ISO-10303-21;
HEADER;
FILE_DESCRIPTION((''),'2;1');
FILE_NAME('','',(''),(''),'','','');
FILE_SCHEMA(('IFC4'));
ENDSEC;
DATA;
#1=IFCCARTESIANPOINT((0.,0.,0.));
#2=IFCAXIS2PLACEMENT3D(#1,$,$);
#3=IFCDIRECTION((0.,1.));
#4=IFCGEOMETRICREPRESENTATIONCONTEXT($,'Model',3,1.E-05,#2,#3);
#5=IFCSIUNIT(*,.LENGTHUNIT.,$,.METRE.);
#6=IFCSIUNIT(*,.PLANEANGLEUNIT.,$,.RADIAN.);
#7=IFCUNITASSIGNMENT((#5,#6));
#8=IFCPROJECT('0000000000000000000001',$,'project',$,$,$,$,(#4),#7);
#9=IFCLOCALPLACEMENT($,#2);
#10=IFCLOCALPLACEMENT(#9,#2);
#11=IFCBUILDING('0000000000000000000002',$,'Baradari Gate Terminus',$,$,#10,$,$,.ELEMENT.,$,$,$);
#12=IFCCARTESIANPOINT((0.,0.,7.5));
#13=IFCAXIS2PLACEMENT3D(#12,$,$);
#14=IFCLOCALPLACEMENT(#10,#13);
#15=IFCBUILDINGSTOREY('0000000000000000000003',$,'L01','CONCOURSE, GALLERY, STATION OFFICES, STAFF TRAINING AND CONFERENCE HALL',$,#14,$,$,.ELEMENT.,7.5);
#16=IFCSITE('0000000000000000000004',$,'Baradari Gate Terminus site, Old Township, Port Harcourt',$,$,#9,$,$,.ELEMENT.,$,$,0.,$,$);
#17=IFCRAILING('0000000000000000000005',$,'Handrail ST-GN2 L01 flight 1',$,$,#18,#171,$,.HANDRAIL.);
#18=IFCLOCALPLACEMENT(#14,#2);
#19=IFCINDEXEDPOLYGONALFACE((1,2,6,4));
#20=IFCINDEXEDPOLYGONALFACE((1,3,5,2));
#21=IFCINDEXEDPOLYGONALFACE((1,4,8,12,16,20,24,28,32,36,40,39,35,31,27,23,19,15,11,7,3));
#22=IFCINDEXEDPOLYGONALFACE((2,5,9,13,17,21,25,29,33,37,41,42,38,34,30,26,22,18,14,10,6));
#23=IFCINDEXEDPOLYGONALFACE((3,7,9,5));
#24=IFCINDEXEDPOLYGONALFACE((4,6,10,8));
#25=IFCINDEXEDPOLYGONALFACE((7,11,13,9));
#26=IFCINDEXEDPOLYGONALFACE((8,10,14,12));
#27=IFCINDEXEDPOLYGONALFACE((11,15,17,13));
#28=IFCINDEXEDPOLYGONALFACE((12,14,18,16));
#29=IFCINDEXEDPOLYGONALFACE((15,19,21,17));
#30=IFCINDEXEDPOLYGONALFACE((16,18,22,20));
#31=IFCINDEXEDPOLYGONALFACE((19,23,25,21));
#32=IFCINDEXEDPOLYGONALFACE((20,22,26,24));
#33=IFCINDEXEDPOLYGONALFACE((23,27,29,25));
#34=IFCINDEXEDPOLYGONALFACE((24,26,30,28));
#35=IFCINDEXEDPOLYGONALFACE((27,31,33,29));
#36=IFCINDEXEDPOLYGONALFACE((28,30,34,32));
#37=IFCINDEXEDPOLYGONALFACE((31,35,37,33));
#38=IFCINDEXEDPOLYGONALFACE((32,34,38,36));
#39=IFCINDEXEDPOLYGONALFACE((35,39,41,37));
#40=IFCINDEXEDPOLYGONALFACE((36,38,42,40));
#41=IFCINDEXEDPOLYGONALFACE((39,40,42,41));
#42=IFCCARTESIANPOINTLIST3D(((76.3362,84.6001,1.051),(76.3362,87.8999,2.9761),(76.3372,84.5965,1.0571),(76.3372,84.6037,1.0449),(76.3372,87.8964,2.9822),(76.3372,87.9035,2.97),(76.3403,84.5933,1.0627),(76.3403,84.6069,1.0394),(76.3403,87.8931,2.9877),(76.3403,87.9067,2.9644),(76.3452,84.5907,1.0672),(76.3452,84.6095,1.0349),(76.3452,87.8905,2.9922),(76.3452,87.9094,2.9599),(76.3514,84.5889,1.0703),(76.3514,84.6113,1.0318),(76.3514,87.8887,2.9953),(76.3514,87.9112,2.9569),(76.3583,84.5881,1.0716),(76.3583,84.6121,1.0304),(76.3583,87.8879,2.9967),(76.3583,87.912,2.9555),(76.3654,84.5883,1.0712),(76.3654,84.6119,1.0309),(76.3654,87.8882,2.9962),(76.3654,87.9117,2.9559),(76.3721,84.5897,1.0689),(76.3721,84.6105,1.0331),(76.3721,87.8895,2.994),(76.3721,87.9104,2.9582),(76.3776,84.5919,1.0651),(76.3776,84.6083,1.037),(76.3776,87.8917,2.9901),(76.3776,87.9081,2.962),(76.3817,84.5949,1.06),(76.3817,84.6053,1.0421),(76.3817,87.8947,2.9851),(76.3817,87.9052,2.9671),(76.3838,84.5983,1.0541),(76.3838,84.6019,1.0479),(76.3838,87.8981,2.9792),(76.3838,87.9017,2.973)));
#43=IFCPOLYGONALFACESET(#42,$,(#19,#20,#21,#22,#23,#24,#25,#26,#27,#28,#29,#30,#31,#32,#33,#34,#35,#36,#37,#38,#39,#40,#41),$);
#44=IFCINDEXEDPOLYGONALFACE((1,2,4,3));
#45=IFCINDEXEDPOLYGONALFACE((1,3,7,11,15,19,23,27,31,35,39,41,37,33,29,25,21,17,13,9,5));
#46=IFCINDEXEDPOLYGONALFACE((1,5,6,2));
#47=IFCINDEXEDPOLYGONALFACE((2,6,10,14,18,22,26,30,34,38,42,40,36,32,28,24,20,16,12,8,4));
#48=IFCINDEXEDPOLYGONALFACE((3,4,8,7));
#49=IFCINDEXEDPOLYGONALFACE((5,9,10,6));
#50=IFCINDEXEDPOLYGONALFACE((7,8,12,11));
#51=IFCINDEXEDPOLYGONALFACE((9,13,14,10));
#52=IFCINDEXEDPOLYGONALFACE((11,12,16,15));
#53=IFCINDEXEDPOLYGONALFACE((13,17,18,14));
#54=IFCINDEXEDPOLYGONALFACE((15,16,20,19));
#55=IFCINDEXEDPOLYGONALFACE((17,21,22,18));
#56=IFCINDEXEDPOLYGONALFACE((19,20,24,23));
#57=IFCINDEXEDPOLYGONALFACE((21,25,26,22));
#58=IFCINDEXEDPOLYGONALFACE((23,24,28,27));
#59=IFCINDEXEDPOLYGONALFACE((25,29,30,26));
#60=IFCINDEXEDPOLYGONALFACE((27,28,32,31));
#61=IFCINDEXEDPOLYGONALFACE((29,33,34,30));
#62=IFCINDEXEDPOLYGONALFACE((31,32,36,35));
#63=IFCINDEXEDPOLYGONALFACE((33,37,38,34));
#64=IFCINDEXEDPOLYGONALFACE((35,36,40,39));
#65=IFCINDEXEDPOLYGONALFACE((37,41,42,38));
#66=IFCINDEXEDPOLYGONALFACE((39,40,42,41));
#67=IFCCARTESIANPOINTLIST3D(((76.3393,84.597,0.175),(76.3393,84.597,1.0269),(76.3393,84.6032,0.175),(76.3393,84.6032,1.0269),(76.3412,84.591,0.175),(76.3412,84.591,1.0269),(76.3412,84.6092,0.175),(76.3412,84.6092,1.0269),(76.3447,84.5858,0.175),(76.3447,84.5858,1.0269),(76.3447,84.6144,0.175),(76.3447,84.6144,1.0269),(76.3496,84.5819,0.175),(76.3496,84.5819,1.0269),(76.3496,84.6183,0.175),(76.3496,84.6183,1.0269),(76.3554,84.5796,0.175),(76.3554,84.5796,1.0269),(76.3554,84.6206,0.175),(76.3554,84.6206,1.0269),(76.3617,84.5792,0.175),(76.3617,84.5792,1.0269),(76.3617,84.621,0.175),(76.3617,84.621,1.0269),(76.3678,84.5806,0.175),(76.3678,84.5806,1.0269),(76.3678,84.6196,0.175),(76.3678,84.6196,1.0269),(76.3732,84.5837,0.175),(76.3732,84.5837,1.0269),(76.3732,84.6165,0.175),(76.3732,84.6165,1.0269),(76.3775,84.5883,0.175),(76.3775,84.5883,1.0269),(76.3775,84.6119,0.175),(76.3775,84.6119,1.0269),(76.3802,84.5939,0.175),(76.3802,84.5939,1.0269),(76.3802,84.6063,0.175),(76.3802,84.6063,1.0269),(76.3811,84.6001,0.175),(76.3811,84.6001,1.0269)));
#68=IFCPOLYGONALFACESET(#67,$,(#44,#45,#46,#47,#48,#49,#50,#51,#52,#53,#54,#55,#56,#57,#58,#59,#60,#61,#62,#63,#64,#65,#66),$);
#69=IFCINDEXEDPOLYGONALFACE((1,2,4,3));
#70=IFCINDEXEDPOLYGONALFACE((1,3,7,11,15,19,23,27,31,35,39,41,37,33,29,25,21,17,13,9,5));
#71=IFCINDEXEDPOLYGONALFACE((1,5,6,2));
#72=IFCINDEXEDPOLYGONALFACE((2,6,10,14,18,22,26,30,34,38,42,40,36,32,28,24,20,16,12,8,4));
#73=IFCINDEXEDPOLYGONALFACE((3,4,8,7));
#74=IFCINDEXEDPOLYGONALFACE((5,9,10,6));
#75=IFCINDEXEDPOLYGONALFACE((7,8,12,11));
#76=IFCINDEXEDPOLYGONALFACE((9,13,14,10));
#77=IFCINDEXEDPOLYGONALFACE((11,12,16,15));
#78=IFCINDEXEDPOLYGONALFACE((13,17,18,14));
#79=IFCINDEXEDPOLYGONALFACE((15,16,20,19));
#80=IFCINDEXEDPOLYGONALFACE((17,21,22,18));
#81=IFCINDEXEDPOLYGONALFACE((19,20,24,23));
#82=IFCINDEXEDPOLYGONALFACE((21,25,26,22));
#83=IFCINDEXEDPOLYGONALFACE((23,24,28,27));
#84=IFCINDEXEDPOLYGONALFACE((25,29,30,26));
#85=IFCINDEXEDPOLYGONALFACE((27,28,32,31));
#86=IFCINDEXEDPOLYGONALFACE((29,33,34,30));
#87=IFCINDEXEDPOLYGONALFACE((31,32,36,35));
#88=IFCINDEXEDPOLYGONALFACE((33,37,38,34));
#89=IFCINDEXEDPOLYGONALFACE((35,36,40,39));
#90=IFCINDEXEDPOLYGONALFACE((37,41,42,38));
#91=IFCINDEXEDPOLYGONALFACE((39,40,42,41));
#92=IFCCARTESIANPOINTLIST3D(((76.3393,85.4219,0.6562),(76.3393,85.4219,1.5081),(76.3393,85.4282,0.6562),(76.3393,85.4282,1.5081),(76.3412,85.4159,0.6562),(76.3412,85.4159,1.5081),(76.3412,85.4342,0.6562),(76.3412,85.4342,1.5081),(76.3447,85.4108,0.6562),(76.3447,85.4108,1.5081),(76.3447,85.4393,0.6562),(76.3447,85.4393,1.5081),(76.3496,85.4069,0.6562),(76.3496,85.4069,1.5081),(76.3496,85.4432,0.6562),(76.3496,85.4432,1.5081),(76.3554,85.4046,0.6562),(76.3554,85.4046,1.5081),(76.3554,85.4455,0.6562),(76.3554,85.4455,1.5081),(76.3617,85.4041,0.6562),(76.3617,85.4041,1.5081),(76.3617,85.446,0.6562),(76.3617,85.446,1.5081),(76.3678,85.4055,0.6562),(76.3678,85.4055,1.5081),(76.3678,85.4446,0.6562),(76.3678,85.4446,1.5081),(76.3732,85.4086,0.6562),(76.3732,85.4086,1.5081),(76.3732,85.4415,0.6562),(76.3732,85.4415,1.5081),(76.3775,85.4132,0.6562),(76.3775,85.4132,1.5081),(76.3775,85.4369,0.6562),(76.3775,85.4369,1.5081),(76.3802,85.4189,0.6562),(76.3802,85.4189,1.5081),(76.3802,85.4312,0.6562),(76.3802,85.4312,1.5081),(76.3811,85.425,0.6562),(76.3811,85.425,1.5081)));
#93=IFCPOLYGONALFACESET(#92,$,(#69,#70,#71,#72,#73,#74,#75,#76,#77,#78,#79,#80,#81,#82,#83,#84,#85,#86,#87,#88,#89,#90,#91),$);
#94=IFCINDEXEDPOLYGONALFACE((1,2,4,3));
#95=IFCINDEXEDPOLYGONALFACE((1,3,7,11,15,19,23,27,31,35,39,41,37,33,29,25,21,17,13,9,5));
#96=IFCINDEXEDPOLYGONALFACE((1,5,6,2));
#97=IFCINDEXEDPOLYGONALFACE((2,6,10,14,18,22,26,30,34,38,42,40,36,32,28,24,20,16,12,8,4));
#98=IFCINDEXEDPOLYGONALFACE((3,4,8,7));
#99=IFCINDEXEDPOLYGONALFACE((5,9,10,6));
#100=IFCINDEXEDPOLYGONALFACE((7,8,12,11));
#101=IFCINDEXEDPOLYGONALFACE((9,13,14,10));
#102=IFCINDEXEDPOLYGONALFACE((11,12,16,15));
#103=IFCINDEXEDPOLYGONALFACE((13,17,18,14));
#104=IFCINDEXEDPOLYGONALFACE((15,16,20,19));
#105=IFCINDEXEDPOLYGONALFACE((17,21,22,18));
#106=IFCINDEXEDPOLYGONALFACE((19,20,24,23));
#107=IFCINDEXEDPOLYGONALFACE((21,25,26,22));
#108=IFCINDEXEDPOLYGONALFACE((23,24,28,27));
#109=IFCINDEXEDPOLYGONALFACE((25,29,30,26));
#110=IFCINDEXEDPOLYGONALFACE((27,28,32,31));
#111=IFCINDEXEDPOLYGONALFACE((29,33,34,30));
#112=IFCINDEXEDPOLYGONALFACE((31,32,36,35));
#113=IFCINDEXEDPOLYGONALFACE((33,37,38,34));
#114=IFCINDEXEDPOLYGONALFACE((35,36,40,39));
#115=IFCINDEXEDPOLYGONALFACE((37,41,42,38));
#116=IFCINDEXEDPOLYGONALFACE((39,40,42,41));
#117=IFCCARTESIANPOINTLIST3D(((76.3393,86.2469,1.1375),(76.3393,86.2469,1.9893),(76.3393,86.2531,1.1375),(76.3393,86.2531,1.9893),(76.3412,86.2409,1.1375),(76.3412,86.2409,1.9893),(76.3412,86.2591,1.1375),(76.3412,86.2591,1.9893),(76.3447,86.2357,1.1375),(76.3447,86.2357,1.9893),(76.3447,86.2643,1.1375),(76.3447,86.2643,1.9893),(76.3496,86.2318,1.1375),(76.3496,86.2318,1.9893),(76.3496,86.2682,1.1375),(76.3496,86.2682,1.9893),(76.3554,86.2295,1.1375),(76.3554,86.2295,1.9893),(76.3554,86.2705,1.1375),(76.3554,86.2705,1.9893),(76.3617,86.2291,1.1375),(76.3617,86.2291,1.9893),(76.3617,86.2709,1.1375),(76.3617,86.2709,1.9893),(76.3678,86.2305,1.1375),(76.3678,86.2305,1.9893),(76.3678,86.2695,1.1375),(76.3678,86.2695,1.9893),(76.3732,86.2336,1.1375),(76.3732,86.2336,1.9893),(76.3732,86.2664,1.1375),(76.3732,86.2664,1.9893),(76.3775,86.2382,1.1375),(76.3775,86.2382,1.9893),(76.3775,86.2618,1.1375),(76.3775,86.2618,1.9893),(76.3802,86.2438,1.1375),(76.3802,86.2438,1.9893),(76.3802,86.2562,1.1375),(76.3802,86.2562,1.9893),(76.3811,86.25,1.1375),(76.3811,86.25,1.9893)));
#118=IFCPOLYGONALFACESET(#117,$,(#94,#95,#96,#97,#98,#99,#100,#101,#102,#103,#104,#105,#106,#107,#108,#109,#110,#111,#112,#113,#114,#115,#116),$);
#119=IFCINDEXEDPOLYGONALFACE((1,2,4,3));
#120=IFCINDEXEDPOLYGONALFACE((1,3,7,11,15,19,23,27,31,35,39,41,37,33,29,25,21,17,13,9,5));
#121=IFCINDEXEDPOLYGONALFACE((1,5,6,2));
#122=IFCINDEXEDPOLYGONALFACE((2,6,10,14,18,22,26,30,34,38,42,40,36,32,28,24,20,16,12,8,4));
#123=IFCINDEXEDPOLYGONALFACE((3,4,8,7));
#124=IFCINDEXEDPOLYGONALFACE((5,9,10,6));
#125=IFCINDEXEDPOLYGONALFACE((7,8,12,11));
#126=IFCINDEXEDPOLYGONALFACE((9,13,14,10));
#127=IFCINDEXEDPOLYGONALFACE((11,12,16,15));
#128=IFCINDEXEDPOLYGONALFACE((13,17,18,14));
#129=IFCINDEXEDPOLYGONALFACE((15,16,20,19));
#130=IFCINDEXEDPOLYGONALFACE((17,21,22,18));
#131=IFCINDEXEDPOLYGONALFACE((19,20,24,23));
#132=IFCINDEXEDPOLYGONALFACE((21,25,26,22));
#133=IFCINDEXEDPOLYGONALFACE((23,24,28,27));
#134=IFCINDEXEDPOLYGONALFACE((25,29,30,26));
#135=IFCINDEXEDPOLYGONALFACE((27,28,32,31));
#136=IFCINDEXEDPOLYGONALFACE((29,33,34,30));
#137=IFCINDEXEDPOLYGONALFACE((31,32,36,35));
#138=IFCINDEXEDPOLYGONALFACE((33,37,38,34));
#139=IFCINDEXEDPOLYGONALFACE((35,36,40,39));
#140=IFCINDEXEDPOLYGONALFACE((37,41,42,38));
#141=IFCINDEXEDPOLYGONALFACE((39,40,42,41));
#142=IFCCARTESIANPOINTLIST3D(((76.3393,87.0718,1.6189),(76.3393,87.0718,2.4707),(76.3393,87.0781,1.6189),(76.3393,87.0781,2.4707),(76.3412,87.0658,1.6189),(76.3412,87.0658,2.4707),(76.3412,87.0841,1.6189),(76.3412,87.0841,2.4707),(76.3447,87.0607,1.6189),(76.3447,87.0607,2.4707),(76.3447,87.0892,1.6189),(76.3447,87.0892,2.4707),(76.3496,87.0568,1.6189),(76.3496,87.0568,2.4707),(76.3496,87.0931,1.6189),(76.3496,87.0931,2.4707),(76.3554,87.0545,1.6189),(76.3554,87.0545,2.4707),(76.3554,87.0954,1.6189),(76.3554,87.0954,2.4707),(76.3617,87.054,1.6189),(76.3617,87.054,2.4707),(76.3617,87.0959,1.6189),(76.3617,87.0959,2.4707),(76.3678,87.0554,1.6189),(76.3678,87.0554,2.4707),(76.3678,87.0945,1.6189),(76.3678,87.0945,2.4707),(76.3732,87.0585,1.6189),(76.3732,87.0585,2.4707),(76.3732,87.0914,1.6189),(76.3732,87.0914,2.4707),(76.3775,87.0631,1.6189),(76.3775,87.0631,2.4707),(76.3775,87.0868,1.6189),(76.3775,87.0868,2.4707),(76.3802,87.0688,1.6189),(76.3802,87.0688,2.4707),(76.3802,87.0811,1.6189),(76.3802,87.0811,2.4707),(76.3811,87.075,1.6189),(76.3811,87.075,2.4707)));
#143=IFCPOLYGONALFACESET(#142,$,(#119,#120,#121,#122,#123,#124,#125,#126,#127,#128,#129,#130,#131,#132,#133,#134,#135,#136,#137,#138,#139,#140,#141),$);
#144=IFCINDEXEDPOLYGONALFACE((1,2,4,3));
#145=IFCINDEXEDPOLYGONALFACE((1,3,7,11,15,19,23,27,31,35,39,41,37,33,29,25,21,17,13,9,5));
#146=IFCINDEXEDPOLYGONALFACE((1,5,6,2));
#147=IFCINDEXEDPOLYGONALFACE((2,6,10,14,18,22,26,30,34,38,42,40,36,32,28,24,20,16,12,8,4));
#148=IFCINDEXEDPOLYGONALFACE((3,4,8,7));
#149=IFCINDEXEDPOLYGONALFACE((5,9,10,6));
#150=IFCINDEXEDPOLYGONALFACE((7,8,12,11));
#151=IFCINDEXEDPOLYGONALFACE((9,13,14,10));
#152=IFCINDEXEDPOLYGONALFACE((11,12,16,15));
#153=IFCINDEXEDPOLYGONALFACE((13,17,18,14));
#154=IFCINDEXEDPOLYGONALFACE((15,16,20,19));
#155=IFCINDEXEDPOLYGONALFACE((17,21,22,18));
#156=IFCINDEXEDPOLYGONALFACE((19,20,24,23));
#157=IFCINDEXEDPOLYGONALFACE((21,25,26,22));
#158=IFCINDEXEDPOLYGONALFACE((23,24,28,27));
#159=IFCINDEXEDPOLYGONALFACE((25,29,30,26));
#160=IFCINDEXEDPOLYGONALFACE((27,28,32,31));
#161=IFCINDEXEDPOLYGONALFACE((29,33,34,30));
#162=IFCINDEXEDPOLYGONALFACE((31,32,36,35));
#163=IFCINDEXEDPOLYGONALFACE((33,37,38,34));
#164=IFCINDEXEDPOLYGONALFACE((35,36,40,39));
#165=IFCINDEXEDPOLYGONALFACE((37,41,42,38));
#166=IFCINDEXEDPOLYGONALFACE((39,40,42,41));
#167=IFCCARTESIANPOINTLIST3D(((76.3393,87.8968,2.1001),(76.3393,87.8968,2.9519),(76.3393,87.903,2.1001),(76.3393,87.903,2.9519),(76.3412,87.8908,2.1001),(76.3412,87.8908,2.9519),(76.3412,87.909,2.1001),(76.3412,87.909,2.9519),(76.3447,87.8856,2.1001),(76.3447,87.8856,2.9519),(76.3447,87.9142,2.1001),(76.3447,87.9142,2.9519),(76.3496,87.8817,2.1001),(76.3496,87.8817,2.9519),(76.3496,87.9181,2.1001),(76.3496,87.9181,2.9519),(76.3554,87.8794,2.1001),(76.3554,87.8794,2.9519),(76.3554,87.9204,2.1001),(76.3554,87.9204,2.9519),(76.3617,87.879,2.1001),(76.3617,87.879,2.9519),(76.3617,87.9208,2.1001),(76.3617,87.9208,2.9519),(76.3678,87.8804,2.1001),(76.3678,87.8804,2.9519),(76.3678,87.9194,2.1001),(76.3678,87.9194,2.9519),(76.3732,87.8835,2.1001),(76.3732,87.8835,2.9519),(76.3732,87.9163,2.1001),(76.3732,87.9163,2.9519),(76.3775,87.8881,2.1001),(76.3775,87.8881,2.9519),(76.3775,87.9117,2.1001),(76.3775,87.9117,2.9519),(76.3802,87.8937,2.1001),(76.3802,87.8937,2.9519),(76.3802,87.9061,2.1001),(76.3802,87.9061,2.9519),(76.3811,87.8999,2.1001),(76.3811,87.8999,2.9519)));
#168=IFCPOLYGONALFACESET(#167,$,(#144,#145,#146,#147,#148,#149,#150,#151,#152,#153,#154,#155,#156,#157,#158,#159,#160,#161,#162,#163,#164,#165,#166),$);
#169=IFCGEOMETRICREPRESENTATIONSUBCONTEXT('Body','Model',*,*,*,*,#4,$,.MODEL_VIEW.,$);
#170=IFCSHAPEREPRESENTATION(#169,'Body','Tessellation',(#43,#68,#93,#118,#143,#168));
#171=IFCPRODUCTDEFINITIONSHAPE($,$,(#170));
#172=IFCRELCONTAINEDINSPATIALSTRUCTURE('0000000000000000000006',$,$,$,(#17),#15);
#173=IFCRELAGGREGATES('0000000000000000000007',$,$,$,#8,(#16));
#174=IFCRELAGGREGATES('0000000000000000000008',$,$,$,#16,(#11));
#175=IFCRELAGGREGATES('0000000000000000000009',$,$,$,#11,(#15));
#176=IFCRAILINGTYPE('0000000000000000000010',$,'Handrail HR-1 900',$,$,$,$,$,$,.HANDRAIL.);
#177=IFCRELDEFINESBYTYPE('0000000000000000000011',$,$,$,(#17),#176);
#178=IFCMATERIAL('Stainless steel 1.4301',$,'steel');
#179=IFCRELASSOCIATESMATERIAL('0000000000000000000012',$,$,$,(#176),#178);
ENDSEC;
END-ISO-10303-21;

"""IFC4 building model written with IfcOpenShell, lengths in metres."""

from ifc_helpers import new_model, si_unit, direction, frame, origin, origin_2d, place, context, subcontext, project, spatial, circle, extrude, material, type_object, element, save


model = new_model("IFC4")

# Units and contexts
model_context = context("Model", 3, precision=1e-05, world=origin(), true_north=direction((0.0, 1.0)))
body_context = subcontext(model_context, "Body", "Model", "MODEL_VIEW")
ifc_project = project(units=[si_unit("LENGTHUNIT", "METRE"), si_unit("PLANEANGLEUNIT", "RADIAN")], contexts=[model_context])

# Site, building, storey
site_placement = place(None, origin())
site = spatial("IfcSite", under=ifc_project, at=site_placement, Name="Baradari Gate Terminus site, Old Township, Port Harcourt", CompositionType="ELEMENT", RefElevation=0.0)
building_placement = place(site_placement, origin())
building = spatial("IfcBuilding", under=site, at=building_placement, Name="Baradari Gate Terminus", CompositionType="ELEMENT")
storey_placement = place(building_placement, frame((0.0, 0.0, 7.5)))
storey = spatial("IfcBuildingStorey", under=building, at=storey_placement, Name="L01", Description="CONCOURSE, GALLERY, STATION OFFICES, STAFF TRAINING AND CONFERENCE HALL", CompositionType="ELEMENT", Elevation=7.5)

# Railing
ifc_material_1 = material(Name="Stainless steel 1.4301", Category="steel")
railing_type = type_object("IfcRailingType", Name="Handrail HR-1 900", PredefinedType="HANDRAIL", material=ifc_material_1)
for number, where, name in (
    (1, (76.3601, 84.6001, 0.175), "Handrail ST-GN2 L01 flight 1"),
):
    element("IfcRailing", number, at=place(storey_placement, frame(where)), inside=storey, type_object=railing_type, Name=name, PredefinedType="HANDRAIL", context=body_context, shape_type="SweptSolid", body=[
        extrude(circle(Radius=0.0239, at=origin_2d()), frame((0.0, 0.0, 0.876), z_axis=(0.0, 0.86376, 0.503903), x_axis=(-1.0, 0.0, 0.0)), (0.0, 0.0, 1.0), 3.8203),
        extrude(circle(Radius=0.021, at=origin_2d()), origin(), (0.0, 0.0, 1.0), 0.8518),
        extrude(circle(Radius=0.021, at=origin_2d()), frame((0.0, 0.825, 0.4812)), (0.0, 0.0, 1.0), 0.8518),
        extrude(circle(Radius=0.021, at=origin_2d()), frame((0.0, 1.6499, 0.9624)), (0.0, 0.0, 1.0), 0.8518),
        extrude(circle(Radius=0.021, at=origin_2d()), frame((0.0, 2.4749, 1.4438)), (0.0, 0.0, 1.0), 0.8518),
        extrude(circle(Radius=0.021, at=origin_2d()), frame((0.0, 3.2998, 1.925)), (0.0, 0.0, 1.0), 0.8518),
    ])

save(model, "model.ifc")
